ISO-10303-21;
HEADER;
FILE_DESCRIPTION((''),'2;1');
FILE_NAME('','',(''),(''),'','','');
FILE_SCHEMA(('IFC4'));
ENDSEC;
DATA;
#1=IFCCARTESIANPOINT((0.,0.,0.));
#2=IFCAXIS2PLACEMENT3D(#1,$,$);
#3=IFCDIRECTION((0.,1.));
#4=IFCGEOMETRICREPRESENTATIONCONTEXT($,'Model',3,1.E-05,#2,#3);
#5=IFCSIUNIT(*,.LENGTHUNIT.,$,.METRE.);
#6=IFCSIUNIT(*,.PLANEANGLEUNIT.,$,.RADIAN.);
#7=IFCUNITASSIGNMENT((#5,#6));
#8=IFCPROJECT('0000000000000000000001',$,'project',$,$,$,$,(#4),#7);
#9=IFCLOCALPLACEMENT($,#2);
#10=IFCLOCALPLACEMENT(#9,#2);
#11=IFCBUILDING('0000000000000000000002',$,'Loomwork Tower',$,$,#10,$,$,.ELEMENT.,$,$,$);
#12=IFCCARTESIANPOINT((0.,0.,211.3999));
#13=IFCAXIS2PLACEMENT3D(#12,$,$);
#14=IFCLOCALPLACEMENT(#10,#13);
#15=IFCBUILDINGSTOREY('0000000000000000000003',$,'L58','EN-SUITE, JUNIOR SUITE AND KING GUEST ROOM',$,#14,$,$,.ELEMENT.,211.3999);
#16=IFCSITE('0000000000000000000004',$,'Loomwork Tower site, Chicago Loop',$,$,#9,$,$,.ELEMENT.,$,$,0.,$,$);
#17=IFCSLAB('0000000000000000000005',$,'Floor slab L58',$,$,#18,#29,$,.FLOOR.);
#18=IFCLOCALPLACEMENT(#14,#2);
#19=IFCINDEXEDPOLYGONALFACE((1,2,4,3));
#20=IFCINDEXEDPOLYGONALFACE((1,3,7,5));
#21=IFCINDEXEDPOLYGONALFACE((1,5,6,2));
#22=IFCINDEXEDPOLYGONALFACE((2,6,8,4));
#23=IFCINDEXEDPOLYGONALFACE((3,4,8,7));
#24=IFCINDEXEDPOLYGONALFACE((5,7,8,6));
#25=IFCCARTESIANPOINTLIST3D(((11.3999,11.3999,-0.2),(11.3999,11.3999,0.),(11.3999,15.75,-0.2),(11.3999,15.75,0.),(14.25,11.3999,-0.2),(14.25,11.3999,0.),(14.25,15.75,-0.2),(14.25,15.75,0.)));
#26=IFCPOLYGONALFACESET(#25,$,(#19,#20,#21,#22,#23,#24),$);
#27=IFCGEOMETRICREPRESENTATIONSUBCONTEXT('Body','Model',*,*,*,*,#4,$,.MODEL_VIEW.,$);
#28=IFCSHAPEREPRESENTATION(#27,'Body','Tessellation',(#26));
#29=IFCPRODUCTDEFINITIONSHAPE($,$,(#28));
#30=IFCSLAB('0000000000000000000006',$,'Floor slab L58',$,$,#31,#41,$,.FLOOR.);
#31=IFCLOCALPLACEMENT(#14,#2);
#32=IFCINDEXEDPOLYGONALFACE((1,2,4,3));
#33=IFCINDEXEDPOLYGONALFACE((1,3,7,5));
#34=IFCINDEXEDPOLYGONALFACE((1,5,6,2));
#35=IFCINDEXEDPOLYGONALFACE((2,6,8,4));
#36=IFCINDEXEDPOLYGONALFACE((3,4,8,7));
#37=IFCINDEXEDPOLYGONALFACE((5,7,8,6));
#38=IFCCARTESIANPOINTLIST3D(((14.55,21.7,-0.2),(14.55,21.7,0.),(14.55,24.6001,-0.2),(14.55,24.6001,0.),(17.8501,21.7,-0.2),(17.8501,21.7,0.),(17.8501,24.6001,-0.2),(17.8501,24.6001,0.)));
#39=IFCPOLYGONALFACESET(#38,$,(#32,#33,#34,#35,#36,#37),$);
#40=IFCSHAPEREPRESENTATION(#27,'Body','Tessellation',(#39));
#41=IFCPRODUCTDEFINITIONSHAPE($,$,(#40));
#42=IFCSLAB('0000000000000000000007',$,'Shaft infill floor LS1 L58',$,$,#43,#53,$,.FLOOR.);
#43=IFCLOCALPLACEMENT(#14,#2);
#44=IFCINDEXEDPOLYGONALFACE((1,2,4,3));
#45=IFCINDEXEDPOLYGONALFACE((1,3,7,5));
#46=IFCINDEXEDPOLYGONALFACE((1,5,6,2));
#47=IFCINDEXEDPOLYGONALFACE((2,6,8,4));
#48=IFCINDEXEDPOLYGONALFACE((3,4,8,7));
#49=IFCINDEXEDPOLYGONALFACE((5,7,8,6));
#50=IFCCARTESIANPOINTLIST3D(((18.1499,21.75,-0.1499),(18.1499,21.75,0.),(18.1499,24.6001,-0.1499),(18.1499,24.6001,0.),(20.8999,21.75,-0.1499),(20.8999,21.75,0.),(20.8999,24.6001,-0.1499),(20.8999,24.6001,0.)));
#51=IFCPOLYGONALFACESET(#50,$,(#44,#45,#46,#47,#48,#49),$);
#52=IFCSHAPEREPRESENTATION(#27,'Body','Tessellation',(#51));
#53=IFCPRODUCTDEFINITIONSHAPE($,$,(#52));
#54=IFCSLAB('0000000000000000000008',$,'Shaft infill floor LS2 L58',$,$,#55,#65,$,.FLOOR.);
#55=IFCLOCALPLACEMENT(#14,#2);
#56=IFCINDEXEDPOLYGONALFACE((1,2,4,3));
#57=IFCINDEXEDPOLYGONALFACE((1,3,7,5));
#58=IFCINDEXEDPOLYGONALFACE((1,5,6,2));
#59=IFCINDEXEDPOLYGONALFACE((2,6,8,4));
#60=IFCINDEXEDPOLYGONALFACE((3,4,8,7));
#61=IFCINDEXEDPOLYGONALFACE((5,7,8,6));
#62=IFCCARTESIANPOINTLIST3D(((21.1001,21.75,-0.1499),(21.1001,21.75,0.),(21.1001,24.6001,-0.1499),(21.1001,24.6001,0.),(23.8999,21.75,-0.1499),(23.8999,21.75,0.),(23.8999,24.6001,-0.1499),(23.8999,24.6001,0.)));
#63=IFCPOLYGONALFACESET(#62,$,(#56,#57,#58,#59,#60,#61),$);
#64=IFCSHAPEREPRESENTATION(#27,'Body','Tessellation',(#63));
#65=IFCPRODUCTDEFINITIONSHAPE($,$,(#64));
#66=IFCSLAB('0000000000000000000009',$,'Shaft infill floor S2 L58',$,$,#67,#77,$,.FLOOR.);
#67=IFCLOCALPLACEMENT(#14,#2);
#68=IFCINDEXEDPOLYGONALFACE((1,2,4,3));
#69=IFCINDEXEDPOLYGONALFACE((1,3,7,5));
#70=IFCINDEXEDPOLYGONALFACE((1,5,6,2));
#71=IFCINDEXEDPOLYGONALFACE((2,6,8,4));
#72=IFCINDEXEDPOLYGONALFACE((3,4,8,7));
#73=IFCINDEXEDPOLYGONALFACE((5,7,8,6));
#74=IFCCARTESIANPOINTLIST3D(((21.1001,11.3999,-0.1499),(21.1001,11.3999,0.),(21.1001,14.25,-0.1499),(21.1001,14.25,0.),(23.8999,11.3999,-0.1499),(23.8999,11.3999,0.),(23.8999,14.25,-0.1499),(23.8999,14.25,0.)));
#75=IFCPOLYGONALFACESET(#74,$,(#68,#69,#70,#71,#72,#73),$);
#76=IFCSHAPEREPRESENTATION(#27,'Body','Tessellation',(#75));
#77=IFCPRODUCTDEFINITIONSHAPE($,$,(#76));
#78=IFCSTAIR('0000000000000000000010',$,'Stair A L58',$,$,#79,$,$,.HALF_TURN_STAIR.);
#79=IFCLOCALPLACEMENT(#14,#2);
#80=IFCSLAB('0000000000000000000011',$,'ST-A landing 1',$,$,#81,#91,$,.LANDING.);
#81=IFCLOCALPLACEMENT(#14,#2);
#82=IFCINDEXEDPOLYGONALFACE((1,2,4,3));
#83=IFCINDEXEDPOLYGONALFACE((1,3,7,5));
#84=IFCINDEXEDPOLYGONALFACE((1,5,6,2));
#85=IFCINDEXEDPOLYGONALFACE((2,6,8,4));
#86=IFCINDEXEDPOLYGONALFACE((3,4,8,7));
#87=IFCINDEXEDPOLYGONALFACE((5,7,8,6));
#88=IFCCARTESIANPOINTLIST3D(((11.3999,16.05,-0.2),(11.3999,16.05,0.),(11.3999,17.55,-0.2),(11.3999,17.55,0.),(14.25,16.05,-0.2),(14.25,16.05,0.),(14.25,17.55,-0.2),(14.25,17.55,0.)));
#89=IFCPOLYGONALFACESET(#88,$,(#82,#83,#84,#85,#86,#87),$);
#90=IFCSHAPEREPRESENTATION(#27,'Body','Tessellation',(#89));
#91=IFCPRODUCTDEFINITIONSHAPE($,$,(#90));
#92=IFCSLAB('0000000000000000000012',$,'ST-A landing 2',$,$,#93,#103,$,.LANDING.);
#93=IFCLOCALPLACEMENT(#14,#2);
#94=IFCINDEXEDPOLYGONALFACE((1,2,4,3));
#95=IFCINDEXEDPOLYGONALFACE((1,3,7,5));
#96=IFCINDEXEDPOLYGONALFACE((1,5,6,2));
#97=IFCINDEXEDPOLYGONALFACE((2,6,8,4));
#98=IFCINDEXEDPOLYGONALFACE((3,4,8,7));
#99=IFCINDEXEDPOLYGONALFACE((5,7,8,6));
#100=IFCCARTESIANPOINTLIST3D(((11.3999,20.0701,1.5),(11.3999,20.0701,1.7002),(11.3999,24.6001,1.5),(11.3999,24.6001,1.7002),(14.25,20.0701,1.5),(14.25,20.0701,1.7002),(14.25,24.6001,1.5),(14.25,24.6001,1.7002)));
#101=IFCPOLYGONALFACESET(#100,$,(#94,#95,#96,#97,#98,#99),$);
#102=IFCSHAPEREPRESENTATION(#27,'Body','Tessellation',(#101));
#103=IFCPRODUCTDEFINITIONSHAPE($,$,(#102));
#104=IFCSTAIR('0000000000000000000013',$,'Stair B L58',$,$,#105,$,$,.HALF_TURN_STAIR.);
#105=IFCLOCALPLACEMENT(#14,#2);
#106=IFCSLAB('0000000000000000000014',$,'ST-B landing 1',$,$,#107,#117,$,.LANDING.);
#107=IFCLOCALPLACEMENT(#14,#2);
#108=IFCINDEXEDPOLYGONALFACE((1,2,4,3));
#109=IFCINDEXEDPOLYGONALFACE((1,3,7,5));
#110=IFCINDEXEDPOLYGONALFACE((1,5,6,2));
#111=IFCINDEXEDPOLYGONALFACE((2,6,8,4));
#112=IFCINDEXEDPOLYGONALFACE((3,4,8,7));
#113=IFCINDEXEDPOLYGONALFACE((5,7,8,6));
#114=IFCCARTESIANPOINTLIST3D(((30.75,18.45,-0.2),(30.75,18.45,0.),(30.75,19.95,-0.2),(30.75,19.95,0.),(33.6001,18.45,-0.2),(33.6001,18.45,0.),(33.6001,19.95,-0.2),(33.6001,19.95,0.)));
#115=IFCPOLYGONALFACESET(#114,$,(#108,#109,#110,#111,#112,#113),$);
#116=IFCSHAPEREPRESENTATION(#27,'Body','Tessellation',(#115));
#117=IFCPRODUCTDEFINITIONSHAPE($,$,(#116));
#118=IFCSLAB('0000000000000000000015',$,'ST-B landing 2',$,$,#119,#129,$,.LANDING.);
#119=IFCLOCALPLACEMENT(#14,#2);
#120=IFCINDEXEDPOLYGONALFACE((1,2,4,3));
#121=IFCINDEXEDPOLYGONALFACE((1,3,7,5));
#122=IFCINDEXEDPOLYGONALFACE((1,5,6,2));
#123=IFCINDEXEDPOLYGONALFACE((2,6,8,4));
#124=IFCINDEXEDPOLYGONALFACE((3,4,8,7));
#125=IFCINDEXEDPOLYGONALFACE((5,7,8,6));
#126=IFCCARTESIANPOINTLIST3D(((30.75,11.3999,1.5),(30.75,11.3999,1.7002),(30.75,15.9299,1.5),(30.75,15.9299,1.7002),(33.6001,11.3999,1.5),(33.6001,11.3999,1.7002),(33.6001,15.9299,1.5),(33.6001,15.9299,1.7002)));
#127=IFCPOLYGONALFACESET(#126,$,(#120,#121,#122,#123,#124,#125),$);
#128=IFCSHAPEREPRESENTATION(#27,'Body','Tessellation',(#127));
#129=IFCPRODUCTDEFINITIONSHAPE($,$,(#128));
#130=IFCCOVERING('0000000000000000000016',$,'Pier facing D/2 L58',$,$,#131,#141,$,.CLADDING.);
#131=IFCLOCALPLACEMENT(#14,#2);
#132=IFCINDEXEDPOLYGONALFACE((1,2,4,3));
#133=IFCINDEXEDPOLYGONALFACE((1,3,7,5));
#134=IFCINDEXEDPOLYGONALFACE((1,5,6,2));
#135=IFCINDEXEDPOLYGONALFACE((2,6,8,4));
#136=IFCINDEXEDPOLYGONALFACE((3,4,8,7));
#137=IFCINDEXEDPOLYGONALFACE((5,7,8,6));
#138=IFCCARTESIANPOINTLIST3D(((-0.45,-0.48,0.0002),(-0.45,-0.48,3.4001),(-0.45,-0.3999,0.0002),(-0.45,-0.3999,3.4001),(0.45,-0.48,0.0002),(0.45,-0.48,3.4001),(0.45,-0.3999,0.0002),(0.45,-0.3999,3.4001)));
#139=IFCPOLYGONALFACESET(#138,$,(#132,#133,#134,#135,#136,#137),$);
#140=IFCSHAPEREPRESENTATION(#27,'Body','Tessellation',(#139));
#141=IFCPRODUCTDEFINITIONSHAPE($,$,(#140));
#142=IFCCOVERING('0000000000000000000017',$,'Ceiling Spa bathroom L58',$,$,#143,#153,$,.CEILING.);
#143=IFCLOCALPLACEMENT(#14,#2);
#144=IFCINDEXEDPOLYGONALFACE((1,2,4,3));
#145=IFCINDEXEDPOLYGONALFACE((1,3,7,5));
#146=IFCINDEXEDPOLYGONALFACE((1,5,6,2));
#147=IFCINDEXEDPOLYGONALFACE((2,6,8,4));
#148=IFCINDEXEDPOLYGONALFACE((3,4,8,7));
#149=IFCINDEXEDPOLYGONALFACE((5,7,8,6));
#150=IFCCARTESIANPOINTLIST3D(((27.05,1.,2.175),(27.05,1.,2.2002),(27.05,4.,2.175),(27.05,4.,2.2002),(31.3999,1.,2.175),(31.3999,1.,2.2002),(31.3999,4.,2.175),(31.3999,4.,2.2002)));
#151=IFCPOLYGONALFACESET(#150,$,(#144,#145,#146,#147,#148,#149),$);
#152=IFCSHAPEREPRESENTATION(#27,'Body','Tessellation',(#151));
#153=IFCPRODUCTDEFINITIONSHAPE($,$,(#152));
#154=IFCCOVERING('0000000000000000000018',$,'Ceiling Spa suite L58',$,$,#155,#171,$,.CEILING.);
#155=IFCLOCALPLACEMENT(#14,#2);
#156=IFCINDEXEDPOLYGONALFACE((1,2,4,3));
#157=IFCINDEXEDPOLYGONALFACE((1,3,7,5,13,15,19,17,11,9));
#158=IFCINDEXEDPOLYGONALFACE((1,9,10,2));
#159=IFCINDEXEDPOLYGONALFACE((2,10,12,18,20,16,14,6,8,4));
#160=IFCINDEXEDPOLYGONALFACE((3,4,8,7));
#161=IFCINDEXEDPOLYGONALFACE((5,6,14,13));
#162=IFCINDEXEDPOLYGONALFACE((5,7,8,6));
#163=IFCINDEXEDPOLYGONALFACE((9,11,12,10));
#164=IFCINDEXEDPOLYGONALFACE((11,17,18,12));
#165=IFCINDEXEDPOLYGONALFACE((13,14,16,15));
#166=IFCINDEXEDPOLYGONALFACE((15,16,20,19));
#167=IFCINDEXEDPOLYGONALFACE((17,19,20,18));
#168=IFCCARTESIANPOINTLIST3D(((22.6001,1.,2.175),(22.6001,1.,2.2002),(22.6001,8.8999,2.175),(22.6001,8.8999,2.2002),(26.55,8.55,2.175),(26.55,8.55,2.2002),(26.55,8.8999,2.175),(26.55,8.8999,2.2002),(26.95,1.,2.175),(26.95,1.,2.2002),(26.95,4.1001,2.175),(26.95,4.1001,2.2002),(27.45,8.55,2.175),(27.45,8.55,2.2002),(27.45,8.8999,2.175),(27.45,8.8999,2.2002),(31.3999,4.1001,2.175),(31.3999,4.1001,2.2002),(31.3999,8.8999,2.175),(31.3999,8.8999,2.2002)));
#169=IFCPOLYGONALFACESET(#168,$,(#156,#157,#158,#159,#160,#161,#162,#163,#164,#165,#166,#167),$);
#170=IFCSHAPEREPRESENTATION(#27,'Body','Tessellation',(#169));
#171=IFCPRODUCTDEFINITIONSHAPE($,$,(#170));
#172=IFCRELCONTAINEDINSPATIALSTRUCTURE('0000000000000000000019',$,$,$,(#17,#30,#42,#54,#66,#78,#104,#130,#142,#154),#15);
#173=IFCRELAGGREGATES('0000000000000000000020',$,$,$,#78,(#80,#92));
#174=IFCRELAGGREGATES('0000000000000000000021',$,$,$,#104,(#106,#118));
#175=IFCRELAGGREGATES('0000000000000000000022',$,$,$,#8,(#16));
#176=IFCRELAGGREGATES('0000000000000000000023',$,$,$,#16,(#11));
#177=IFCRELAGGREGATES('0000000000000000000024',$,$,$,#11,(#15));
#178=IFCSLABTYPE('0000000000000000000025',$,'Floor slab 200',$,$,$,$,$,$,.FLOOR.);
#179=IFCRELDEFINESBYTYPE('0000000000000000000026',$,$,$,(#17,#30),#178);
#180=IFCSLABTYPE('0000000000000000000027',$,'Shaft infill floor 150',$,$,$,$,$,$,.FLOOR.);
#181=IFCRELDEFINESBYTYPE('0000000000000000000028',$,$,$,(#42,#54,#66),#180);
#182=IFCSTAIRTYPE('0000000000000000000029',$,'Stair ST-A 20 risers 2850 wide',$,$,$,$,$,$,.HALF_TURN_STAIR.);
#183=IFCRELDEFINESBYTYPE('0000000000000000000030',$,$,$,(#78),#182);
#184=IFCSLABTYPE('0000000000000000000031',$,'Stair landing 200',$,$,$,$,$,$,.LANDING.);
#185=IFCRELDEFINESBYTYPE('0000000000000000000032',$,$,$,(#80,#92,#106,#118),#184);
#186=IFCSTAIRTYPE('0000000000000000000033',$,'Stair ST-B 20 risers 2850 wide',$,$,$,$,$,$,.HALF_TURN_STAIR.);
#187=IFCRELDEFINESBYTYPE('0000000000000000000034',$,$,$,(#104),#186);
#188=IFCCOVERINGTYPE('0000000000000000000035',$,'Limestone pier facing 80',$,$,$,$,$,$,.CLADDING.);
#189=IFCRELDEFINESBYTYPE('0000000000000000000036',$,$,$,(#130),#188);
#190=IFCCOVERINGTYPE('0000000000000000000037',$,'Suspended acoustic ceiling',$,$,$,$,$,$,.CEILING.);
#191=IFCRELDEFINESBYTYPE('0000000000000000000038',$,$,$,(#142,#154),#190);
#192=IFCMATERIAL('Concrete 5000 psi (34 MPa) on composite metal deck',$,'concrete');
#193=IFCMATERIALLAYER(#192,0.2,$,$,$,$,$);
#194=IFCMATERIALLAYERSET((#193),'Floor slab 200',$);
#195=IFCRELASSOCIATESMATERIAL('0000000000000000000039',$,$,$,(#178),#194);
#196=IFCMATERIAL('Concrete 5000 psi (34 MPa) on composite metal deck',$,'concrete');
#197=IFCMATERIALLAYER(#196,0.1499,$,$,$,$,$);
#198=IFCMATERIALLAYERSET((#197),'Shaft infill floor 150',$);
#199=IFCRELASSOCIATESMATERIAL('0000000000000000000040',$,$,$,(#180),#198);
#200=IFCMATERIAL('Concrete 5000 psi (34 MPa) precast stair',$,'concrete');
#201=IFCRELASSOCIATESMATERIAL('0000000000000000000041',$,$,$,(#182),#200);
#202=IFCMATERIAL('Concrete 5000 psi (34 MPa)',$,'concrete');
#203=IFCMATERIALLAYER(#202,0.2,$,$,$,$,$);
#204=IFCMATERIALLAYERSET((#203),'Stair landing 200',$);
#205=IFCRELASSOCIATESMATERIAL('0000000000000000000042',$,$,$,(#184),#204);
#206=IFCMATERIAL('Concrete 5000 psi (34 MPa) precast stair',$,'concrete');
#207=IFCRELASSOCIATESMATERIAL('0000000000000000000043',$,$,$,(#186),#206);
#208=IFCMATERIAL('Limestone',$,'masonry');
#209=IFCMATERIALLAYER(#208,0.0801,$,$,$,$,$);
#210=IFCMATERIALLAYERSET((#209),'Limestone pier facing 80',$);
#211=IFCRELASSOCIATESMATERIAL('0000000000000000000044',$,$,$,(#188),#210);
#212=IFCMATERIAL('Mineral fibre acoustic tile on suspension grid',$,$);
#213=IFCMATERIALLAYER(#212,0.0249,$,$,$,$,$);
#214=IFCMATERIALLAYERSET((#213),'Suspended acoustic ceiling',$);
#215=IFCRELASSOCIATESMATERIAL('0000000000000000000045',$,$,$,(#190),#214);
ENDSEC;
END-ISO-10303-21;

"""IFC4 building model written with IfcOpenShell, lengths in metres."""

from ifc_helpers import new_model, si_unit, direction, frame, origin, origin_2d, place, context, subcontext, project, spatial, polyline, rectangle, outline, extrude, material, layer, layer_set, type_object, element, aggregate, save


model = new_model("IFC4")

# Units and contexts
model_context = context("Model", 3, precision=1e-05, world=origin(), true_north=direction((0.0, 1.0)))
body_context = subcontext(model_context, "Body", "Model", "MODEL_VIEW")
ifc_project = project(units=[si_unit("LENGTHUNIT", "METRE"), si_unit("PLANEANGLEUNIT", "RADIAN")], contexts=[model_context])

# Site, building, storey
site_placement = place(None, origin())
site = spatial("IfcSite", under=ifc_project, at=site_placement, Name="Loomwork Tower site, Chicago Loop", CompositionType="ELEMENT", RefElevation=0.0)
building_placement = place(site_placement, origin())
building = spatial("IfcBuilding", under=site, at=building_placement, Name="Loomwork Tower", CompositionType="ELEMENT")
storey_placement = place(building_placement, frame((0.0, 0.0, 211.3999)))
storey = spatial("IfcBuildingStorey", under=building, at=storey_placement, Name="L58", Description="EN-SUITE, JUNIOR SUITE AND KING GUEST ROOM", CompositionType="ELEMENT", Elevation=211.3999)

# Slabs
ifc_material_1 = material(Name="Concrete 5000 psi (34 MPa) on composite metal deck", Category="concrete")
ifc_layer_1 = layer(ifc_material_1, 0.2)
ifc_layer_set_1 = layer_set([ifc_layer_1], Name="Floor slab 200")
slab_type_1 = type_object("IfcSlabType", Name="Floor slab 200", PredefinedType="FLOOR", material=ifc_layer_set_1)
slab_1_placement = place(storey_placement, frame((0.0, 0.0, -0.2)))
element("IfcSlab", 1, at=slab_1_placement, inside=storey, type_object=slab_type_1, Name="Floor slab L58", PredefinedType="FLOOR", context=body_context, shape_type="SweptSolid", body=[
    extrude(outline(polyline([(14.25, 15.75), (14.25, 11.3999), (11.3999, 11.3999), (11.3999, 15.75), (14.25, 15.75)])), origin(), (0.0, 0.0, 1.0), 0.2),
])
slab_2_placement = place(storey_placement, frame((0.0, 0.0, -0.2)))
element("IfcSlab", 2, at=slab_2_placement, inside=storey, type_object=slab_type_1, Name="Floor slab L58", PredefinedType="FLOOR", context=body_context, shape_type="SweptSolid", body=[
    extrude(outline(polyline([(14.55, 21.7), (14.55, 24.6001), (17.8501, 24.6001), (17.8501, 21.7), (14.55, 21.7)])), origin(), (0.0, 0.0, 1.0), 0.2),
])
ifc_material_2 = material(Name="Concrete 5000 psi (34 MPa) on composite metal deck", Category="concrete")
ifc_layer_2 = layer(ifc_material_2, 0.1499)
ifc_layer_set_2 = layer_set([ifc_layer_2], Name="Shaft infill floor 150")
slab_type_2 = type_object("IfcSlabType", Name="Shaft infill floor 150", PredefinedType="FLOOR", material=ifc_layer_set_2)
slab_3_placement = place(storey_placement, frame((0.0, 0.0, -0.1499)))
element("IfcSlab", 3, at=slab_3_placement, inside=storey, type_object=slab_type_2, Name="Shaft infill floor LS1 L58", PredefinedType="FLOOR", context=body_context, shape_type="SweptSolid", body=[
    extrude(outline(polyline([(18.1499, 21.75), (20.8999, 21.75), (20.8999, 24.6001), (18.1499, 24.6001), (18.1499, 21.75)])), origin(), (0.0, 0.0, 1.0), 0.1499),
])
slab_4_placement = place(storey_placement, frame((0.0, 0.0, -0.1499)))
element("IfcSlab", 4, at=slab_4_placement, inside=storey, type_object=slab_type_2, Name="Shaft infill floor LS2 L58", PredefinedType="FLOOR", context=body_context, shape_type="SweptSolid", body=[
    extrude(outline(polyline([(21.1001, 21.75), (23.8999, 21.75), (23.8999, 24.6001), (21.1001, 24.6001), (21.1001, 21.75)])), origin(), (0.0, 0.0, 1.0), 0.1499),
])
slab_5_placement = place(storey_placement, frame((0.0, 0.0, -0.1499)))
element("IfcSlab", 5, at=slab_5_placement, inside=storey, type_object=slab_type_2, Name="Shaft infill floor S2 L58", PredefinedType="FLOOR", context=body_context, shape_type="SweptSolid", body=[
    extrude(outline(polyline([(21.1001, 11.3999), (23.8999, 11.3999), (23.8999, 14.25), (21.1001, 14.25), (21.1001, 11.3999)])), origin(), (0.0, 0.0, 1.0), 0.1499),
])

# Stairs, slabs
ifc_material_3 = material(Name="Concrete 5000 psi (34 MPa) precast stair", Category="concrete")
stair_type_1 = type_object("IfcStairType", Name="Stair ST-A 20 risers 2850 wide", PredefinedType="HALF_TURN_STAIR", material=ifc_material_3)
stair_1_placement = place(storey_placement, origin())
stair_1 = element("IfcStair", 6, at=stair_1_placement, inside=storey, type_object=stair_type_1, Name="Stair A L58", PredefinedType="HALF_TURN_STAIR")
ifc_material_4 = material(Name="Concrete 5000 psi (34 MPa)", Category="concrete")
ifc_layer_3 = layer(ifc_material_4, 0.2)
ifc_layer_set_3 = layer_set([ifc_layer_3], Name="Stair landing 200")
slab_type_3 = type_object("IfcSlabType", Name="Stair landing 200", PredefinedType="LANDING", material=ifc_layer_set_3)
slab_6_placement = place(storey_placement, frame((0.0, 0.0, -0.2)))
slab_6 = element("IfcSlab", 7, at=slab_6_placement, type_object=slab_type_3, Name="ST-A landing 1", PredefinedType="LANDING", context=body_context, shape_type="SweptSolid", body=[
    extrude(outline(polyline([(11.3999, 16.05), (14.25, 16.05), (14.25, 17.55), (11.3999, 17.55), (11.3999, 16.05)])), origin(), (0.0, 0.0, 1.0), 0.2),
])
slab_7_placement = place(storey_placement, frame((0.0, 0.0, 1.5)))
slab_7 = element("IfcSlab", 8, at=slab_7_placement, type_object=slab_type_3, Name="ST-A landing 2", PredefinedType="LANDING", context=body_context, shape_type="SweptSolid", body=[
    extrude(outline(polyline([(11.3999, 20.0701), (14.25, 20.0701), (14.25, 24.6001), (11.3999, 24.6001), (11.3999, 20.0701)])), origin(), (0.0, 0.0, 1.0), 0.2002),
])
aggregate(stair_1, [slab_6, slab_7])
ifc_material_5 = material(Name="Concrete 5000 psi (34 MPa) precast stair", Category="concrete")
stair_type_2 = type_object("IfcStairType", Name="Stair ST-B 20 risers 2850 wide", PredefinedType="HALF_TURN_STAIR", material=ifc_material_5)
stair_2_placement = place(storey_placement, origin())
stair_2 = element("IfcStair", 9, at=stair_2_placement, inside=storey, type_object=stair_type_2, Name="Stair B L58", PredefinedType="HALF_TURN_STAIR")
slab_8_placement = place(storey_placement, frame((0.0, 0.0, -0.2)))
slab_8 = element("IfcSlab", 10, at=slab_8_placement, type_object=slab_type_3, Name="ST-B landing 1", PredefinedType="LANDING", context=body_context, shape_type="SweptSolid", body=[
    extrude(outline(polyline([(30.75, 18.45), (33.6001, 18.45), (33.6001, 19.95), (30.75, 19.95), (30.75, 18.45)])), origin(), (0.0, 0.0, 1.0), 0.2),
])
slab_9_placement = place(storey_placement, frame((0.0, 0.0, 1.5)))
slab_9 = element("IfcSlab", 11, at=slab_9_placement, type_object=slab_type_3, Name="ST-B landing 2", PredefinedType="LANDING", context=body_context, shape_type="SweptSolid", body=[
    extrude(outline(polyline([(30.75, 11.3999), (33.6001, 11.3999), (33.6001, 15.9299), (30.75, 15.9299), (30.75, 11.3999)])), origin(), (0.0, 0.0, 1.0), 0.2002),
])
aggregate(stair_2, [slab_8, slab_9])

# Coverings
ifc_material_6 = material(Name="Limestone", Category="masonry")
ifc_layer_4 = layer(ifc_material_6, 0.0801)
ifc_layer_set_4 = layer_set([ifc_layer_4], Name="Limestone pier facing 80")
covering_type_1 = type_object("IfcCoveringType", Name="Limestone pier facing 80", PredefinedType="CLADDING", material=ifc_layer_set_4)
covering_1_placement = place(storey_placement, frame((0.0, -0.4399, 0.0002), z_axis=(0.0, 0.0, 1.0), x_axis=(1.0, 0.0, 0.0)))
element("IfcCovering", 12, at=covering_1_placement, inside=storey, type_object=covering_type_1, Name="Pier facing D/2 L58", PredefinedType="CLADDING", context=body_context, shape_type="SweptSolid", body=[
    extrude(rectangle(XDim=0.8999, YDim=0.0801, at=origin_2d()), origin(), (0.0, 0.0, 1.0), 3.3999),
])
ifc_material_7 = material(Name="Mineral fibre acoustic tile on suspension grid")
ifc_layer_5 = layer(ifc_material_7, 0.0249)
ifc_layer_set_5 = layer_set([ifc_layer_5], Name="Suspended acoustic ceiling")
covering_type_2 = type_object("IfcCoveringType", Name="Suspended acoustic ceiling", PredefinedType="CEILING", material=ifc_layer_set_5)
covering_2_placement = place(storey_placement, frame((0.0, 0.0, 2.175)))
element("IfcCovering", 13, at=covering_2_placement, inside=storey, type_object=covering_type_2, Name="Ceiling Spa bathroom L58", PredefinedType="CEILING", context=body_context, shape_type="SweptSolid", body=[
    extrude(outline(polyline([(31.3999, 4.0), (31.3999, 1.0), (27.05, 1.0), (27.05, 4.0), (31.3999, 4.0)])), origin(), (0.0, 0.0, 1.0), 0.0251),
])
covering_3_placement = place(storey_placement, frame((0.0, 0.0, 2.175)))
element("IfcCovering", 14, at=covering_3_placement, inside=storey, type_object=covering_type_2, Name="Ceiling Spa suite L58", PredefinedType="CEILING", context=body_context, shape_type="SweptSolid", body=[
    extrude(outline(polyline([(26.55, 8.8999), (26.55, 8.55), (27.45, 8.55), (27.45, 8.8999), (31.3999, 8.8999), (31.3999, 4.1001), (26.95, 4.1001), (26.95, 1.0), (22.6001, 1.0), (22.6001, 8.8999), (26.55, 8.8999)])), origin(), (0.0, 0.0, 1.0), 0.0251),
])

save(model, "model.ifc")
